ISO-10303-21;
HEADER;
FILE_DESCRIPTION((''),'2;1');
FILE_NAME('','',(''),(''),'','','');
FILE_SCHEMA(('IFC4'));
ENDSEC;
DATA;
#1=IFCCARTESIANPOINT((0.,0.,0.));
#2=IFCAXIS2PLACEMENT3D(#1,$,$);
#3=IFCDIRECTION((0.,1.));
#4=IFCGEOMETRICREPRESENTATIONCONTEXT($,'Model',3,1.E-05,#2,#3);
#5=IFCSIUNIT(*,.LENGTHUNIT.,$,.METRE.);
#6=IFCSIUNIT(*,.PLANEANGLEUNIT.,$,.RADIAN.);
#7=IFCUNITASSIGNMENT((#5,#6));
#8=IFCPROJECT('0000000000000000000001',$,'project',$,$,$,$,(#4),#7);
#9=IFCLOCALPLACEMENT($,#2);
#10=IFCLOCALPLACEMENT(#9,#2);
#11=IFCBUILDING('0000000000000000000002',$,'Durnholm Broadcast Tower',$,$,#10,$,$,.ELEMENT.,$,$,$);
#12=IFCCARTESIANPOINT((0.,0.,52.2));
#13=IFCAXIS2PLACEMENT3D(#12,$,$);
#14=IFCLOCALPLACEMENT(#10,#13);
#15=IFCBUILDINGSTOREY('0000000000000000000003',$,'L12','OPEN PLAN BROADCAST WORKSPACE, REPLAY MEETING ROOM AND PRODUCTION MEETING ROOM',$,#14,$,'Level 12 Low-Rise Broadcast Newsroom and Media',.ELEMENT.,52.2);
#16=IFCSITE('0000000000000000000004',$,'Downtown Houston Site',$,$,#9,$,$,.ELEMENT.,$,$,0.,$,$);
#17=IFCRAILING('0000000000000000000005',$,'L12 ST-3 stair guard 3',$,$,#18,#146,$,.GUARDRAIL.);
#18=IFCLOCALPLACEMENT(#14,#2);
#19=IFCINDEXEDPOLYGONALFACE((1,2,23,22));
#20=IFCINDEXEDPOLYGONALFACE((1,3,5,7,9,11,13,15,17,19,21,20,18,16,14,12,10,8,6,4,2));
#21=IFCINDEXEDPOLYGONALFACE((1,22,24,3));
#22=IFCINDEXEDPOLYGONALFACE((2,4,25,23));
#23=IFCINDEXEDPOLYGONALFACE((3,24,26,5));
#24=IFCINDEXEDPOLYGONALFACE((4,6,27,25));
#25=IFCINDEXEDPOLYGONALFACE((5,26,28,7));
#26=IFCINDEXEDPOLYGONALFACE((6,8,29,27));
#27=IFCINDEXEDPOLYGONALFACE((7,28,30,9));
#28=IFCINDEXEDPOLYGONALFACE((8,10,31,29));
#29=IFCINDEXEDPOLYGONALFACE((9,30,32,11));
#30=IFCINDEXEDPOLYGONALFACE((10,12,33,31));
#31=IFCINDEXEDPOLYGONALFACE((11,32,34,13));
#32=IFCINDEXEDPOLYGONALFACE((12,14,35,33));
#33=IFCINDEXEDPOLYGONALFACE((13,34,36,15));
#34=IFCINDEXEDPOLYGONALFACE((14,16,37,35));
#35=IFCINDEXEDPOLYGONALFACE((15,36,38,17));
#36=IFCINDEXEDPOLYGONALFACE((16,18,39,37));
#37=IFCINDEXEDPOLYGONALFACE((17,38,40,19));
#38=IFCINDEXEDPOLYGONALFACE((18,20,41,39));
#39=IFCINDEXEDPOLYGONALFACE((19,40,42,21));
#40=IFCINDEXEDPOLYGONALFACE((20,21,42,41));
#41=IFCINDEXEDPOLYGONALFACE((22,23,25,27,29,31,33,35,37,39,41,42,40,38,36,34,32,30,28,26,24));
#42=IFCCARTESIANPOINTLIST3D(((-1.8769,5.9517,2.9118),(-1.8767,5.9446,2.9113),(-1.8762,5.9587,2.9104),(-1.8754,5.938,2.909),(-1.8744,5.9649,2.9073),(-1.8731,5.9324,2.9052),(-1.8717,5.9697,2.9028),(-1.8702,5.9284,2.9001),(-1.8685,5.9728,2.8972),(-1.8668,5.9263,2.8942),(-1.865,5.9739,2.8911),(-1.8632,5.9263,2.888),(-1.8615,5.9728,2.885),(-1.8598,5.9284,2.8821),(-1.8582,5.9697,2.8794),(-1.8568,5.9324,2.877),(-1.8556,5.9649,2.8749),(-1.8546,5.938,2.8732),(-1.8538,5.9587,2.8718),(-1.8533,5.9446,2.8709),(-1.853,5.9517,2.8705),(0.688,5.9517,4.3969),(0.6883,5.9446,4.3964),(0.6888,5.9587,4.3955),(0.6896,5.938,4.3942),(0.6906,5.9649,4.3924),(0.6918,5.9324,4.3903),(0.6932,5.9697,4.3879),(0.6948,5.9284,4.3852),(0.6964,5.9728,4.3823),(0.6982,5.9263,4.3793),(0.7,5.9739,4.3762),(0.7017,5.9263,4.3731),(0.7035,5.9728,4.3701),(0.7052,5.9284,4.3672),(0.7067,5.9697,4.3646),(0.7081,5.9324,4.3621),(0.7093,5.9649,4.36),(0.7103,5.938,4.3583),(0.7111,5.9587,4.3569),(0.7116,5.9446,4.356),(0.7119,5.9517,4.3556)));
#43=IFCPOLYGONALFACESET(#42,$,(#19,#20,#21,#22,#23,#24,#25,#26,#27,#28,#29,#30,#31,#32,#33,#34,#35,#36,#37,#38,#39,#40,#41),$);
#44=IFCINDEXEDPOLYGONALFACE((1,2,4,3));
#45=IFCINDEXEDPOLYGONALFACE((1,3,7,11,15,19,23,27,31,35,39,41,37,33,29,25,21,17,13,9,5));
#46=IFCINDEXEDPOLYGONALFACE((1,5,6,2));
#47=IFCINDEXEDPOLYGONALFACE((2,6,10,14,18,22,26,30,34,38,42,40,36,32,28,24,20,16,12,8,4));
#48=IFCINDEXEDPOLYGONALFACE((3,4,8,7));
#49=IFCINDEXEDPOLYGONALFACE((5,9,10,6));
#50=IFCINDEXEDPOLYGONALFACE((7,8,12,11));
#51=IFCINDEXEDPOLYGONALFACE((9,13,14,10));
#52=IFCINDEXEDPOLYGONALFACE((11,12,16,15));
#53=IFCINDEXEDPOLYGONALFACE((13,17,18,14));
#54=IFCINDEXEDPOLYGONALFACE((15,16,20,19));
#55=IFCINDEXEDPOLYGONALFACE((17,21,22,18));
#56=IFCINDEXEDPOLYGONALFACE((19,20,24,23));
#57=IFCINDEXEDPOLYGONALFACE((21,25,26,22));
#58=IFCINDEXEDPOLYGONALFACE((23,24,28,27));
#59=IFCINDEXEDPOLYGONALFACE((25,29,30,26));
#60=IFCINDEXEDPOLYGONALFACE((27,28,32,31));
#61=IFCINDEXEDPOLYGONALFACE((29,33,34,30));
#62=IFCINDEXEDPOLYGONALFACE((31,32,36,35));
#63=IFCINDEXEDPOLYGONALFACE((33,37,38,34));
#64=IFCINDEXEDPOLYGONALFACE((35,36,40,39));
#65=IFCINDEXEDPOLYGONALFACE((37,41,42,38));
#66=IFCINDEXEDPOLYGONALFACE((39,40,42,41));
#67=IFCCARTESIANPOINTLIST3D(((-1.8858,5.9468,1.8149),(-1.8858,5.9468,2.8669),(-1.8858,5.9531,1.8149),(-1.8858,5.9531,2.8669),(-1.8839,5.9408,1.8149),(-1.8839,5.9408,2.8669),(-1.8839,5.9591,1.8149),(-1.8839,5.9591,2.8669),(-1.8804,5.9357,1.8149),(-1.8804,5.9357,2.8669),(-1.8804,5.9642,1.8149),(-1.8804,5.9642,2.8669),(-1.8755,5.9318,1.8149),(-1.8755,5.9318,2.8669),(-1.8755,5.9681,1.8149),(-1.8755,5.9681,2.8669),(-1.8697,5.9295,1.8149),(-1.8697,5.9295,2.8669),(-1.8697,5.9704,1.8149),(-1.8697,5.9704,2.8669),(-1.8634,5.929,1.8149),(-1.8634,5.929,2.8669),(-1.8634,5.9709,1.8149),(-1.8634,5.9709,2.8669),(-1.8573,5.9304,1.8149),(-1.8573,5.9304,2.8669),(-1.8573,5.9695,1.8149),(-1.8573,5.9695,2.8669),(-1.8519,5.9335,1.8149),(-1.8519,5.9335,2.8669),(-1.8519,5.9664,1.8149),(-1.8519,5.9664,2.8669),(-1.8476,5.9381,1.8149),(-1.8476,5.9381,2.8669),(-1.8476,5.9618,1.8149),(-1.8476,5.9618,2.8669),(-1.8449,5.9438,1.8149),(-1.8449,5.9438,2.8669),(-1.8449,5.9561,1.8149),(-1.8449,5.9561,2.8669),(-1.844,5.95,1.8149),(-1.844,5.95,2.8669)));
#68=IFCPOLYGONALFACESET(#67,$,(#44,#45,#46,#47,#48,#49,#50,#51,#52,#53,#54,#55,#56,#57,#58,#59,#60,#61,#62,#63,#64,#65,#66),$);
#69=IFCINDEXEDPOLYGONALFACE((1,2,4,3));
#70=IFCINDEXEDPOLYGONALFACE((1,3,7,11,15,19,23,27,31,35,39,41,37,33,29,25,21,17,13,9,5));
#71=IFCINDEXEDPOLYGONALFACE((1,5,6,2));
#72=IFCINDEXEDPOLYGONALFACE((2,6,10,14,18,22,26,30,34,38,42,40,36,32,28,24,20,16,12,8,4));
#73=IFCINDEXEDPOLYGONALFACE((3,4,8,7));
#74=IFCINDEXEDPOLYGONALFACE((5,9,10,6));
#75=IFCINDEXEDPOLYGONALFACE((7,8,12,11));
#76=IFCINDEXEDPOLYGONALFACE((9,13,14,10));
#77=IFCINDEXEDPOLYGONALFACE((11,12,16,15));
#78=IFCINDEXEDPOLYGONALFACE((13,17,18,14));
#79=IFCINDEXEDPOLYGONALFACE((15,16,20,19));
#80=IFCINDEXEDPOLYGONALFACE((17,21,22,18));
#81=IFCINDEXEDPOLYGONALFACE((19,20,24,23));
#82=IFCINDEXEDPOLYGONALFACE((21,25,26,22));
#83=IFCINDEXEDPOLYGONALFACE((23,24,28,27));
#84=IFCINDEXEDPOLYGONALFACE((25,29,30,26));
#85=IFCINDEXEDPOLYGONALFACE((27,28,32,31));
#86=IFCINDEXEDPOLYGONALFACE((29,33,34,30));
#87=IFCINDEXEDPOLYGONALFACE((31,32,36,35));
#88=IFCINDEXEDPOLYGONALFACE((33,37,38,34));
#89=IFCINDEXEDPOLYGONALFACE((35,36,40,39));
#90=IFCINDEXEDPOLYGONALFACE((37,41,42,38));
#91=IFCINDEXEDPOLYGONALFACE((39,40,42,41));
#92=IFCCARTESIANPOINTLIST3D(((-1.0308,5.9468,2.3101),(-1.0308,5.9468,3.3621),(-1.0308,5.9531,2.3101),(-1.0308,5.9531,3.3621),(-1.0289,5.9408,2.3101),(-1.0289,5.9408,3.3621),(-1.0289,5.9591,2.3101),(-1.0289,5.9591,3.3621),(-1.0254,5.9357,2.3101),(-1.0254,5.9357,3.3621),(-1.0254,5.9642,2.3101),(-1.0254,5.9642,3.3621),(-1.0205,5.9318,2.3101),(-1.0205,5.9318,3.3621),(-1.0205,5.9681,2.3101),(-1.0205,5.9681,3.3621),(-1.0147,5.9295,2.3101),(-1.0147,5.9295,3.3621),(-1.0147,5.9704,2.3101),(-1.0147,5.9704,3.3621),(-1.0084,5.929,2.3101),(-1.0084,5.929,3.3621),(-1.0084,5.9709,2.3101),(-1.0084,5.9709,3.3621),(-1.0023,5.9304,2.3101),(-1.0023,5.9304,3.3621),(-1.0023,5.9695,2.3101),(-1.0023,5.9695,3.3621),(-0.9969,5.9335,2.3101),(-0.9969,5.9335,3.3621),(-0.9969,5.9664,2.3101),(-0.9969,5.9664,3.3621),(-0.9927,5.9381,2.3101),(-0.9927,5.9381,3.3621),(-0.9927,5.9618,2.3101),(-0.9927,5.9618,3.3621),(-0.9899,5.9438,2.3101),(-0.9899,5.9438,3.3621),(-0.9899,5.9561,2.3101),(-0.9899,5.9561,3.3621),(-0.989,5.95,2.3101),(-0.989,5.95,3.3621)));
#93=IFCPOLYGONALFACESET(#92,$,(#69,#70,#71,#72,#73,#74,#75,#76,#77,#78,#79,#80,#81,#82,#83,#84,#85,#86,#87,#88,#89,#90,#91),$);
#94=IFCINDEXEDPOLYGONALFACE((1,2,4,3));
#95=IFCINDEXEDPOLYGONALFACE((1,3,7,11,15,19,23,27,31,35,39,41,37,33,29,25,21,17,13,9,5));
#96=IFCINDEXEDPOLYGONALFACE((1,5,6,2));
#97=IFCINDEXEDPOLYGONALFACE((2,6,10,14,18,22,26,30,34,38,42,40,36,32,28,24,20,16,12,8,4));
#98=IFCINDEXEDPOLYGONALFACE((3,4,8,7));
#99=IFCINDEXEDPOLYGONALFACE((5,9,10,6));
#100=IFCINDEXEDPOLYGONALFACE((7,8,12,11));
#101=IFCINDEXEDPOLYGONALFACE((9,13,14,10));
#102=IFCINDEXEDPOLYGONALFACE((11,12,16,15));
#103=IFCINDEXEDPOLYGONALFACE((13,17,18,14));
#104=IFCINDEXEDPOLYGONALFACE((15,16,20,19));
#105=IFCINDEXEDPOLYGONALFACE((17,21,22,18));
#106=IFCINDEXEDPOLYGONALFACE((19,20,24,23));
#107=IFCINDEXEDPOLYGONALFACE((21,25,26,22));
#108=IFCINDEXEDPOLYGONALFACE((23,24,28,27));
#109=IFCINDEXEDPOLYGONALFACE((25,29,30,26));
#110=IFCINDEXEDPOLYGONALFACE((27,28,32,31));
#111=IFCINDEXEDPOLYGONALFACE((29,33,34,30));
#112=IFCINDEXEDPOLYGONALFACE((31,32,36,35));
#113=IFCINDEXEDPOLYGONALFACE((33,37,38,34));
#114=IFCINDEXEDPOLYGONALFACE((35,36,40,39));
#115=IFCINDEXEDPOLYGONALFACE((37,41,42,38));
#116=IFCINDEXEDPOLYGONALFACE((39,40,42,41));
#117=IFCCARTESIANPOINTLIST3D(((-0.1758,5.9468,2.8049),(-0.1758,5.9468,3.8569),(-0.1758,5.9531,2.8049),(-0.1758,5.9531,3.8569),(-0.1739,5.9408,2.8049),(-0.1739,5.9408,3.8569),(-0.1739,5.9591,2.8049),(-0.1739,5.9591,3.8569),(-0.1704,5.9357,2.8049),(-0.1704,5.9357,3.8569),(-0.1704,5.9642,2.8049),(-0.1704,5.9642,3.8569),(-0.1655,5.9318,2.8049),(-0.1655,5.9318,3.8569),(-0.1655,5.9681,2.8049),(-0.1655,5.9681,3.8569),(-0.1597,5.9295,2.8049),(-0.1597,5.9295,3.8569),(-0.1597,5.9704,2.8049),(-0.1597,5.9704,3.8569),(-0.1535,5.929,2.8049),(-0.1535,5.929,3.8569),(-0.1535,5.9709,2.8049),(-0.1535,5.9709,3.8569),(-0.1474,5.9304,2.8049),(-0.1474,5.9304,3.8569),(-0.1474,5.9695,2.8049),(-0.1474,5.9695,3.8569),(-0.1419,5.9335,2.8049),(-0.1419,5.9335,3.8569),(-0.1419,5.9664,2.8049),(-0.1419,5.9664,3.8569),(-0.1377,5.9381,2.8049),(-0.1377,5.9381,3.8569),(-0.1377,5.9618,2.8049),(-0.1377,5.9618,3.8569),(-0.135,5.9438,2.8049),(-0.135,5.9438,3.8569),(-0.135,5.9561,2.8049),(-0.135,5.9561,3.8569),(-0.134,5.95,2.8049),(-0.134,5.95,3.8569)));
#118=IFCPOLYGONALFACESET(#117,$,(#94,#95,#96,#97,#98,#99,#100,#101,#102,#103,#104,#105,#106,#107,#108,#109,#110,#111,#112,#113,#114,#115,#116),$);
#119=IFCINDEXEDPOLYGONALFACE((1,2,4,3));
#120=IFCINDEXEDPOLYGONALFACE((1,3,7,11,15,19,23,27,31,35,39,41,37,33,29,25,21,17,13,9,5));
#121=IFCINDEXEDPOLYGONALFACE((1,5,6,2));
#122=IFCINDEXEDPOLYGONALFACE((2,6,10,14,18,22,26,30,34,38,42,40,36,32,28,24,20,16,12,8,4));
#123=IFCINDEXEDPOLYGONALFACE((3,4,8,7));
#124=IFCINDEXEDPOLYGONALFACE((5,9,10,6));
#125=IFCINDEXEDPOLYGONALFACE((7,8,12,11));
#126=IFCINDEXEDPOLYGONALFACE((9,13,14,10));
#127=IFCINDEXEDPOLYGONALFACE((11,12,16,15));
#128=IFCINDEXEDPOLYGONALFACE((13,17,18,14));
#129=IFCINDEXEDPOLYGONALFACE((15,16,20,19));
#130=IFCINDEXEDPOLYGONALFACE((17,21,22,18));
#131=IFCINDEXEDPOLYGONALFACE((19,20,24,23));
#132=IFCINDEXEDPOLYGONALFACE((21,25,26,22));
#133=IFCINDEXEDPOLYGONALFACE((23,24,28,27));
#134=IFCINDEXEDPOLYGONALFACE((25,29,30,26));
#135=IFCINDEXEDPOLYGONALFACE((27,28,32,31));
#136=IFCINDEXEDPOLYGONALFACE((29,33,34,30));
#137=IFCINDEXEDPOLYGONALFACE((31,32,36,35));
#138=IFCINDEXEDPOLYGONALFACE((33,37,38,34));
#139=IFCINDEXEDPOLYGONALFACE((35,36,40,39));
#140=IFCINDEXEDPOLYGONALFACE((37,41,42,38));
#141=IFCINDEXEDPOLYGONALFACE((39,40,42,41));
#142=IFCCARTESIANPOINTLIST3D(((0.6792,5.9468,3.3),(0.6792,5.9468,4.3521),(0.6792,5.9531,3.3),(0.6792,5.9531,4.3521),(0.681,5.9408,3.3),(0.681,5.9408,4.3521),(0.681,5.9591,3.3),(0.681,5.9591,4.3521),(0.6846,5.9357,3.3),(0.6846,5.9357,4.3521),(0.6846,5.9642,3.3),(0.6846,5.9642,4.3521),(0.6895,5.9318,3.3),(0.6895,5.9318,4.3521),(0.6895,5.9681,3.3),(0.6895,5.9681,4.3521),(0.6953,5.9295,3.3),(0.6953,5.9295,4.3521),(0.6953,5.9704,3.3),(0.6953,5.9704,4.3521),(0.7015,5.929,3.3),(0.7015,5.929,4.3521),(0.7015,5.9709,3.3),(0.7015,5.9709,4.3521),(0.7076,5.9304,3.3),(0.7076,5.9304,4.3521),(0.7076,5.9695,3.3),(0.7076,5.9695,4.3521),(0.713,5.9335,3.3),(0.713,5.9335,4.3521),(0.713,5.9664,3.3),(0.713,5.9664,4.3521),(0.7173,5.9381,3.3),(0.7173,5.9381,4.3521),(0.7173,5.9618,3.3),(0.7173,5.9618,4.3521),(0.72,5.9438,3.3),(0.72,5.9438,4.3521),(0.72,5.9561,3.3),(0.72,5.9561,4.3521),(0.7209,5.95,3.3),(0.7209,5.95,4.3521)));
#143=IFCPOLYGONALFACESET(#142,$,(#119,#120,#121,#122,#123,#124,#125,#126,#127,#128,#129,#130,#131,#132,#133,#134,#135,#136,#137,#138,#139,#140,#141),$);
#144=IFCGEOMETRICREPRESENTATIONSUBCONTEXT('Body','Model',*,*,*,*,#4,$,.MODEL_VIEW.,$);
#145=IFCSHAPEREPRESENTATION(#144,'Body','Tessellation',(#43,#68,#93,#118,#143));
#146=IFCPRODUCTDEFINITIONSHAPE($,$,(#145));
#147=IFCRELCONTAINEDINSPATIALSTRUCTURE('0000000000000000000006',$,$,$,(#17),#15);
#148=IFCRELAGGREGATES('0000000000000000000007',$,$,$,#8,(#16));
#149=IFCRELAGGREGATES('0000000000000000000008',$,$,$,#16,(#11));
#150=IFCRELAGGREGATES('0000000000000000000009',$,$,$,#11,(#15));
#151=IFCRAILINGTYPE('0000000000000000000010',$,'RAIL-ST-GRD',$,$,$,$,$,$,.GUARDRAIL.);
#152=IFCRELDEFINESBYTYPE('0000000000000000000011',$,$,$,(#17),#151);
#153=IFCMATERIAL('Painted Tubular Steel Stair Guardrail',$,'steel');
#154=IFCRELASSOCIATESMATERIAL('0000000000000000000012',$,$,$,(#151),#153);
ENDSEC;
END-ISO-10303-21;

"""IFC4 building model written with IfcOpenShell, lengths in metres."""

from ifc_helpers import new_model, si_unit, direction, frame, origin, origin_2d, place, context, subcontext, project, spatial, circle, extrude, material, type_object, element, save


model = new_model("IFC4")

# Units and contexts
model_context = context("Model", 3, precision=1e-05, world=origin(), true_north=direction((0.0, 1.0)))
body_context = subcontext(model_context, "Body", "Model", "MODEL_VIEW")
ifc_project = project(units=[si_unit("LENGTHUNIT", "METRE"), si_unit("PLANEANGLEUNIT", "RADIAN")], contexts=[model_context])

# Site, building, storey
site_placement = place(None, origin())
site = spatial("IfcSite", under=ifc_project, at=site_placement, Name="Downtown Houston Site", CompositionType="ELEMENT", RefElevation=0.0)
building_placement = place(site_placement, origin())
building = spatial("IfcBuilding", under=site, at=building_placement, Name="Durnholm Broadcast Tower", CompositionType="ELEMENT")
storey_placement = place(building_placement, frame((0.0, 0.0, 52.2)))
storey = spatial("IfcBuildingStorey", under=building, at=storey_placement, Name="L12", Description="OPEN PLAN BROADCAST WORKSPACE, REPLAY MEETING ROOM AND PRODUCTION MEETING ROOM", LongName="Level 12 Low-Rise Broadcast Newsroom and Media", CompositionType="ELEMENT", Elevation=52.2)

# Railing
ifc_material_1 = material(Name="Painted Tubular Steel Stair Guardrail", Category="steel")
railing_type_1 = type_object("IfcRailingType", Name="RAIL-ST-GRD", PredefinedType="GUARDRAIL", material=ifc_material_1)
railing_1_placement = place(storey_placement, frame((-1.865, 5.95, 1.8149)))
element("IfcRailing", 1, at=railing_1_placement, inside=storey, type_object=railing_type_1, Name="L12 ST-3 stair guard 3", PredefinedType="GUARDRAIL", context=body_context, shape_type="SweptSolid", body=[
    extrude(circle(Radius=0.0239, at=origin_2d()), frame((0.0, 0.0, 1.0762), z_axis=(0.865406, 0.0, 0.501072), x_axis=(0.0, 1.0, 0.0)), (0.0, 0.0, 1.0), 2.9639),
    extrude(circle(Radius=0.021, at=origin_2d()), origin(), (0.0, 0.0, 1.0), 1.052),
    extrude(circle(Radius=0.021, at=origin_2d()), frame((0.855, 0.0, 0.4951)), (0.0, 0.0, 1.0), 1.052),
    extrude(circle(Radius=0.021, at=origin_2d()), frame((1.71, 0.0, 0.99)), (0.0, 0.0, 1.0), 1.052),
    extrude(circle(Radius=0.021, at=origin_2d()), frame((2.5649, 0.0, 1.4851)), (0.0, 0.0, 1.0), 1.052),
])

save(model, "model.ifc")
